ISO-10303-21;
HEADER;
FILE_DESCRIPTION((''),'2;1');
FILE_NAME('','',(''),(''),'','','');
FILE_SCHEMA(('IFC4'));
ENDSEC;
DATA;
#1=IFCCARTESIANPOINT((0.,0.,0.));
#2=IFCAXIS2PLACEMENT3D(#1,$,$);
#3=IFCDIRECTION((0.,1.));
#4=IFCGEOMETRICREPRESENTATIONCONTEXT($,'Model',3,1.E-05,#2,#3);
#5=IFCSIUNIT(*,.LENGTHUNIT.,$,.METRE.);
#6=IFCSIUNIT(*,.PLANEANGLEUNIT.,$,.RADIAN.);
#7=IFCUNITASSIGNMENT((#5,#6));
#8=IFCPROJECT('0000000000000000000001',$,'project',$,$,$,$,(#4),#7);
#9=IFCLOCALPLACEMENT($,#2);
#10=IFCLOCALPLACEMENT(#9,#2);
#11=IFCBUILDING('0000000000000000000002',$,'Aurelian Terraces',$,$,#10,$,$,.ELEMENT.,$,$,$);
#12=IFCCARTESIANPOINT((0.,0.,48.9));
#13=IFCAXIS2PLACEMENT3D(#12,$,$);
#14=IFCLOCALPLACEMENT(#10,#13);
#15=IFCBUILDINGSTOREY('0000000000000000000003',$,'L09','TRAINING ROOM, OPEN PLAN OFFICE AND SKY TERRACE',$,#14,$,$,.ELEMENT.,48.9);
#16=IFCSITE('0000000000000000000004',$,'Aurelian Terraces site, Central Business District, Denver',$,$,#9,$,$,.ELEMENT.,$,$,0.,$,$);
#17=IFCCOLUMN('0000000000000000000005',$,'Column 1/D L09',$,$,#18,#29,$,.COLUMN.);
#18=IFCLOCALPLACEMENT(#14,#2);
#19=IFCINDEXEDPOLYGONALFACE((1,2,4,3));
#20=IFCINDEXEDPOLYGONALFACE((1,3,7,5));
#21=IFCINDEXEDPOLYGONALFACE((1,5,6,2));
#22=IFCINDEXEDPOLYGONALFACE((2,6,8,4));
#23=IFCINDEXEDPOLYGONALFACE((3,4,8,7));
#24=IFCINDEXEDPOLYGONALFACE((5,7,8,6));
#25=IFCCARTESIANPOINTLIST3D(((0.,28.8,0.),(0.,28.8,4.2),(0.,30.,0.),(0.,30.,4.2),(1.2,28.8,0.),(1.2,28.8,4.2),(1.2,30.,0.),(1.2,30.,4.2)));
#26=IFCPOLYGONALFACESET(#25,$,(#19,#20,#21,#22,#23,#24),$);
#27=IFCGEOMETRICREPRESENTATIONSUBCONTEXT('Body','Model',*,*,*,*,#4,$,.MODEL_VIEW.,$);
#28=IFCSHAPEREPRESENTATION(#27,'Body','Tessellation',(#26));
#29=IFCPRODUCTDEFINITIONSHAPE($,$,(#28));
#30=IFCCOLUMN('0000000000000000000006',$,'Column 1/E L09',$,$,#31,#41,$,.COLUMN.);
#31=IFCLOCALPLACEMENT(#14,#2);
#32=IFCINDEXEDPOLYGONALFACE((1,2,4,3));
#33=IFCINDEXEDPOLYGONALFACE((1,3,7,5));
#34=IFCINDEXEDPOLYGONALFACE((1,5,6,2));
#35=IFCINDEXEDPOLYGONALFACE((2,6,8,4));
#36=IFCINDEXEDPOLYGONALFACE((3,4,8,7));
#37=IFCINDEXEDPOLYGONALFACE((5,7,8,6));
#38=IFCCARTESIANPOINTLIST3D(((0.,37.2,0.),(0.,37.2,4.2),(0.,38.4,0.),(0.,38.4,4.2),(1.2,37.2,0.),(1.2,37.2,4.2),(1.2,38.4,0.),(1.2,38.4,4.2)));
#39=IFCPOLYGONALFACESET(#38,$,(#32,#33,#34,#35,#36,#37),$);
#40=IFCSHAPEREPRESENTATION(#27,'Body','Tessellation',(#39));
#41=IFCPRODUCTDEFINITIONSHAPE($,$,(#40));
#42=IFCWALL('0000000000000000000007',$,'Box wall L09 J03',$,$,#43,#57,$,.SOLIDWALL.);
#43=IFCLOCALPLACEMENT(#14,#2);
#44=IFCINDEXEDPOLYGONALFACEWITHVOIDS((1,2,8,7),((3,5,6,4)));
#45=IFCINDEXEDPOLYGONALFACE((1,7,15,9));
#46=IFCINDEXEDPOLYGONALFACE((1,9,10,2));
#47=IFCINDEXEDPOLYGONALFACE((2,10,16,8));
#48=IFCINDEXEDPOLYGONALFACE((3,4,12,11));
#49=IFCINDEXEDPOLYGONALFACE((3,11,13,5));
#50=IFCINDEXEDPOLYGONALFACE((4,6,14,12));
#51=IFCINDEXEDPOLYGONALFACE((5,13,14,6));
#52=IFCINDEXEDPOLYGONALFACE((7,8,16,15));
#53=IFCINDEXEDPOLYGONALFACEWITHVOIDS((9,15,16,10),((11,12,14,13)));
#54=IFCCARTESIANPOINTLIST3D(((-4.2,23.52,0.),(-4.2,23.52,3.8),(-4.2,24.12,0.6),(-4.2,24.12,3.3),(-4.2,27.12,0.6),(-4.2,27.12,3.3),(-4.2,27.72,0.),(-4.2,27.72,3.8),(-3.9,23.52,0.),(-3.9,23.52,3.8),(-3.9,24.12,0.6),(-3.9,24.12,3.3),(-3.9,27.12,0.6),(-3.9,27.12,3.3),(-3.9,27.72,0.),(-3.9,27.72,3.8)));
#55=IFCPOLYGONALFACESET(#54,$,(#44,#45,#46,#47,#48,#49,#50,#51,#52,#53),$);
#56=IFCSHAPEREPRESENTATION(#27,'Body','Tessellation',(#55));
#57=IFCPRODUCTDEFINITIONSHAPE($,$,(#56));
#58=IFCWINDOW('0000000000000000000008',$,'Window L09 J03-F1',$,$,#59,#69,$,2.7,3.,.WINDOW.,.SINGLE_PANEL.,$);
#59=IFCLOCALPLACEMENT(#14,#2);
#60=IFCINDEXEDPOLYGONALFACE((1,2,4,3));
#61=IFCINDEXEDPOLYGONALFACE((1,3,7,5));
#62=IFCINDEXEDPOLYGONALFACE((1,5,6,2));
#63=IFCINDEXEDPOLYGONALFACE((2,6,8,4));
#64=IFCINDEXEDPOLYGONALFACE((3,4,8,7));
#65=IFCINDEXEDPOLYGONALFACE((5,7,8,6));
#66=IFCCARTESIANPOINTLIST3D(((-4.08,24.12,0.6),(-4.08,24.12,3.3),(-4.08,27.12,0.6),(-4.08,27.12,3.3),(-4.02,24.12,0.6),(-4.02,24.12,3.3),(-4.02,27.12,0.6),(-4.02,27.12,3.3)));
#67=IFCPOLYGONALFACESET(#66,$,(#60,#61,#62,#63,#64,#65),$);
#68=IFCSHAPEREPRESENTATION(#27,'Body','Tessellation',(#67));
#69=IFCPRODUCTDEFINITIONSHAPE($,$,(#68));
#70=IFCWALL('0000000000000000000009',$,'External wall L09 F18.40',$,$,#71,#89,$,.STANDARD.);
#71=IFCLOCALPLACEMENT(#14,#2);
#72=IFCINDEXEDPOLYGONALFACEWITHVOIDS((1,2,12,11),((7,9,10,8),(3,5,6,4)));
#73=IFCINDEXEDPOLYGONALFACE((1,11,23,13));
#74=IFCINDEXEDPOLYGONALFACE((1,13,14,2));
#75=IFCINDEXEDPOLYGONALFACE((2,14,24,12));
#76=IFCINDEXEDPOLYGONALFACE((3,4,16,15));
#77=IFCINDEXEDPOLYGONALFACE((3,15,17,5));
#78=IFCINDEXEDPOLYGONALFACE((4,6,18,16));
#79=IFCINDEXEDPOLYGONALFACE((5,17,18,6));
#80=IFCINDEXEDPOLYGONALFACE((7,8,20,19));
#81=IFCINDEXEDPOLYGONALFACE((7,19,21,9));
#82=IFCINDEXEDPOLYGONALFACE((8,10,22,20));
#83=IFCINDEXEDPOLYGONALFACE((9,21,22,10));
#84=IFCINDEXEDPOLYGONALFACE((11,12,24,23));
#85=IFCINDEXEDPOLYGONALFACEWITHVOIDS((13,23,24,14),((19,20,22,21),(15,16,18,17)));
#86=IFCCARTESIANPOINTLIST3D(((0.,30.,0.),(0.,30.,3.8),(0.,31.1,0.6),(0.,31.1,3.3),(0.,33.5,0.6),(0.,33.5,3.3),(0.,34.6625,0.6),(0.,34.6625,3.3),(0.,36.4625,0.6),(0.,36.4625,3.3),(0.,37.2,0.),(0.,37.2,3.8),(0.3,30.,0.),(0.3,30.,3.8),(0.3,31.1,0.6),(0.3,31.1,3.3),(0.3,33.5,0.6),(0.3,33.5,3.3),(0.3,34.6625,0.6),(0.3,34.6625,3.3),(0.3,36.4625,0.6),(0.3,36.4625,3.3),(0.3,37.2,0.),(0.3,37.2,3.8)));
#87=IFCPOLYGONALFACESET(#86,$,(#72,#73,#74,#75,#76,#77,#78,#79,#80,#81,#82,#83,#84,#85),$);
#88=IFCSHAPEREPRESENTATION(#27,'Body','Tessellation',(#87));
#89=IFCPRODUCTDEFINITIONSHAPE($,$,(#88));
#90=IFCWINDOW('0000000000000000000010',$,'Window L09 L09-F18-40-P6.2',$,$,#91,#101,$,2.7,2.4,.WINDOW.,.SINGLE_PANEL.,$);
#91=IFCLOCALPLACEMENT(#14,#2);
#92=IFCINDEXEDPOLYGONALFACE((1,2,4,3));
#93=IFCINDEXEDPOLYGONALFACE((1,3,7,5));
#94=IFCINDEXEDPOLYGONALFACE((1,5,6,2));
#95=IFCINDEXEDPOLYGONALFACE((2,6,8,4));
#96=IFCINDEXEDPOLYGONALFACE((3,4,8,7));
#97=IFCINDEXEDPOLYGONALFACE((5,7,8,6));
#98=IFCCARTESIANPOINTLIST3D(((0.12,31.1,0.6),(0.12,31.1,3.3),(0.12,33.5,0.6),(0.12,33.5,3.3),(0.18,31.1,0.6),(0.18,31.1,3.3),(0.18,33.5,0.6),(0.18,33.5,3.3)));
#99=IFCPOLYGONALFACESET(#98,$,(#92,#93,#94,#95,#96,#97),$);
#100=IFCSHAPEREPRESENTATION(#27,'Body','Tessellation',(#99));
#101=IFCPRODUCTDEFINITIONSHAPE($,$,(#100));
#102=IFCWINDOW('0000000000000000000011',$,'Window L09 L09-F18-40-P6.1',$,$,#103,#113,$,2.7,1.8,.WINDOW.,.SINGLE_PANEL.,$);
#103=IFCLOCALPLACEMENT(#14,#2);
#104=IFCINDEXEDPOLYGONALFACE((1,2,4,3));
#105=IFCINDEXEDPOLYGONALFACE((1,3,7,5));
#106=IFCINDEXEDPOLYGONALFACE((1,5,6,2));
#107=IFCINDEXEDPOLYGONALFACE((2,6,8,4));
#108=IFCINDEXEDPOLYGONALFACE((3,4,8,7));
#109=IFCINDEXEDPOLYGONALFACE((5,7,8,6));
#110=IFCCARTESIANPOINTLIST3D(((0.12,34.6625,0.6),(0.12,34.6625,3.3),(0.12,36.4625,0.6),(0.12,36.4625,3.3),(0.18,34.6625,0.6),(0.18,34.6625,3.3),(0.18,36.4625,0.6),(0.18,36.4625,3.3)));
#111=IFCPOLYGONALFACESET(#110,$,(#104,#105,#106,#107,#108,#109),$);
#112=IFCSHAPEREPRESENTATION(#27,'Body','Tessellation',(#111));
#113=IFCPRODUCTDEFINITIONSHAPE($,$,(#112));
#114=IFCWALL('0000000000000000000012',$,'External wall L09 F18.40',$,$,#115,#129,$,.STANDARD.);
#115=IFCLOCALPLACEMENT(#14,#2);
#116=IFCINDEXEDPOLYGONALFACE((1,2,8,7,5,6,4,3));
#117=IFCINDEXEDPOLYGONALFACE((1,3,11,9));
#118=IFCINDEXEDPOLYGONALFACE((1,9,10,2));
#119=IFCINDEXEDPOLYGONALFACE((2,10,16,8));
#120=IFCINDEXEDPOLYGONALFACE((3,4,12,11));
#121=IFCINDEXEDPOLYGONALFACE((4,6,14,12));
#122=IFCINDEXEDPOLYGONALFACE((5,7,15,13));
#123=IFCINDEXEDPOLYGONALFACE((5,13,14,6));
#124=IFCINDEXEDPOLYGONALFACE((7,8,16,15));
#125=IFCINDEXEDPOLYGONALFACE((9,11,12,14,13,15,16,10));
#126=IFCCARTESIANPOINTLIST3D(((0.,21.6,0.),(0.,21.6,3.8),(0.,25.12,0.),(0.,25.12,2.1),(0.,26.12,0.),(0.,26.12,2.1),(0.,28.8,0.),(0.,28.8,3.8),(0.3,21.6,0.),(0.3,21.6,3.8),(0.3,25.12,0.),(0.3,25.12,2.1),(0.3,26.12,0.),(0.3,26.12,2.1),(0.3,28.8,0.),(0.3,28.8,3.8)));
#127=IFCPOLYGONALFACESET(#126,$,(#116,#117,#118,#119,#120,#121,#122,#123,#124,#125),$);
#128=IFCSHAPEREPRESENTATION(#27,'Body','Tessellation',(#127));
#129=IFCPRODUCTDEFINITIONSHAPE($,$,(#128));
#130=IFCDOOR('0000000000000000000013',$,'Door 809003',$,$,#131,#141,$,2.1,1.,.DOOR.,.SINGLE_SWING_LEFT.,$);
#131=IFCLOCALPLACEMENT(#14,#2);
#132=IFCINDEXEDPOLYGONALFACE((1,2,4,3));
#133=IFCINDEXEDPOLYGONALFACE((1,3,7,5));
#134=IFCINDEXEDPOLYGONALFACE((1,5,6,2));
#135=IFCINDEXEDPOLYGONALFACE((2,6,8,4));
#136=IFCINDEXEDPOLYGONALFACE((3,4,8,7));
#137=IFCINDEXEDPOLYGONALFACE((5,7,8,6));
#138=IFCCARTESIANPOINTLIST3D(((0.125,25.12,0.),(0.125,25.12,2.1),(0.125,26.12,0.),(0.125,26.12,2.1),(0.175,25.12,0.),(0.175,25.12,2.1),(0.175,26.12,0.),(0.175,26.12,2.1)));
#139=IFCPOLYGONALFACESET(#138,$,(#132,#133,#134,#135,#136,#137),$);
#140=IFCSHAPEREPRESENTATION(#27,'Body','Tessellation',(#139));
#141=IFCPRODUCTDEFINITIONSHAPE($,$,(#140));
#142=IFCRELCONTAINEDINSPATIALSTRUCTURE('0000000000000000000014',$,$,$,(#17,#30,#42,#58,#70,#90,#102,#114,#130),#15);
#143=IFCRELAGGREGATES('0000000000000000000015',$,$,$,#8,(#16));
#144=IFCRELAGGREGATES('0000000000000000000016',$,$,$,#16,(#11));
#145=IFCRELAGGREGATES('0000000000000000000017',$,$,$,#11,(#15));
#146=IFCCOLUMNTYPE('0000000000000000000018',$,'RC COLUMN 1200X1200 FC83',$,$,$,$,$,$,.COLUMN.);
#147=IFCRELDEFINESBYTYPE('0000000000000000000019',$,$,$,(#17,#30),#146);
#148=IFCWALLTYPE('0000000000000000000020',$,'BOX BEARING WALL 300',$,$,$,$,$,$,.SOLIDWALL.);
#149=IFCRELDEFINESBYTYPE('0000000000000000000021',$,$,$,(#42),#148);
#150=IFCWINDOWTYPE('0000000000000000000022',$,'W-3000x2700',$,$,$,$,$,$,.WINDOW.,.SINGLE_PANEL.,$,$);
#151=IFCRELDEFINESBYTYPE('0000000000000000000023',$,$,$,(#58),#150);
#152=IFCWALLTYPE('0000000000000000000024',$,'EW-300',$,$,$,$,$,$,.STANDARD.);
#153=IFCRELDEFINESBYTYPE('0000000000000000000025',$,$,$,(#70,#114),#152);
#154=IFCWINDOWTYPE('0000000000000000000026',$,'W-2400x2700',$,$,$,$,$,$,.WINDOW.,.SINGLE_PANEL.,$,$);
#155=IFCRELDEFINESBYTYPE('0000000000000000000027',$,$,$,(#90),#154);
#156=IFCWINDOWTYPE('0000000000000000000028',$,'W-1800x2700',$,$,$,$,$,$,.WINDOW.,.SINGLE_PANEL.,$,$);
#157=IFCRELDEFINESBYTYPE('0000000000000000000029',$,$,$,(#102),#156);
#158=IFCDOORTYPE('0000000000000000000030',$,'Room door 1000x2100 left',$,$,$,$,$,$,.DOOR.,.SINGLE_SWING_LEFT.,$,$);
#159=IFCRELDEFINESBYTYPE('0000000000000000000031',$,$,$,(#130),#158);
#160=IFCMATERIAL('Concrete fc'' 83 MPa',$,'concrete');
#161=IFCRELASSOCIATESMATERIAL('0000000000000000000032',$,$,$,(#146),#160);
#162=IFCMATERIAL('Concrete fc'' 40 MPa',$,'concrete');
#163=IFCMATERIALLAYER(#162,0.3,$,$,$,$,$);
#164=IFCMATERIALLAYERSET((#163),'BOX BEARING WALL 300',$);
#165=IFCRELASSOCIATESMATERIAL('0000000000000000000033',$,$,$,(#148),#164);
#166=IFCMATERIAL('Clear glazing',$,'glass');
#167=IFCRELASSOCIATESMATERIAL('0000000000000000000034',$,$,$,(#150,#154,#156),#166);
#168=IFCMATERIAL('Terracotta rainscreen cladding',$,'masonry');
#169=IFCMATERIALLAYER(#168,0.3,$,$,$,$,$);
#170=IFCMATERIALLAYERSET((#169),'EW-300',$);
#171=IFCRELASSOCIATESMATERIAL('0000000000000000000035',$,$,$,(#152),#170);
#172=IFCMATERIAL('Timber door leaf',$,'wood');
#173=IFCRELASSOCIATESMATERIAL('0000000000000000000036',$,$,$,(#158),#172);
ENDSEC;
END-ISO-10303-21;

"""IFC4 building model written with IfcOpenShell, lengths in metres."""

from ifc_helpers import new_model, si_unit, direction, frame, frame_2d, origin, origin_2d, place, context, subcontext, project, spatial, rectangle, extrude, source, transform, mapped, material, layer, layer_set, material_profile, profile_set, type_object, element, fill, save


model = new_model("IFC4")

# Units and contexts
model_context = context("Model", 3, precision=1e-05, world=origin(), true_north=direction((0.0, 1.0)))
body_context = subcontext(model_context, "Body", "Model", "MODEL_VIEW")
ifc_project = project(units=[si_unit("LENGTHUNIT", "METRE"), si_unit("PLANEANGLEUNIT", "RADIAN")], contexts=[model_context])

# Site, building, storey
site_placement = place(None, origin())
site = spatial("IfcSite", under=ifc_project, at=site_placement, Name="Aurelian Terraces site, Central Business District, Denver", CompositionType="ELEMENT", RefElevation=0.0)
building_placement = place(site_placement, origin())
building = spatial("IfcBuilding", under=site, at=building_placement, Name="Aurelian Terraces", CompositionType="ELEMENT")
storey_placement = place(building_placement, frame((0.0, 0.0, 48.9)))
storey = spatial("IfcBuildingStorey", under=building, at=storey_placement, Name="L09", Description="TRAINING ROOM, OPEN PLAN OFFICE AND SKY TERRACE", CompositionType="ELEMENT", Elevation=48.9)

# Columns
ifc_material_1 = material(Name="Concrete fc' 83 MPa", Category="concrete")
ifc_material_profile = material_profile(ifc_material_1, rectangle(XDim=1.2, YDim=1.2, at=origin_2d()))
ifc_profile_set = profile_set([ifc_material_profile], Name="Concrete fc' 83 MPa")
column_type = type_object("IfcColumnType", Name="RC COLUMN 1200X1200 FC83", PredefinedType="COLUMN", material=ifc_profile_set)
shared_shape_1 = source(origin(), body_context, "Body", "SweptSolid", [
    extrude(rectangle(XDim=1.2, YDim=1.2, at=origin_2d()), origin(), (0.0, 0.0, 1.0), 4.2),
])
for number, where, z_axis, x_axis, name in (
    (1, (0.6, 29.4, 0.0), (0.0, 0.0, 1.0), (1.0, 0.0, 0.0), "Column 1/D L09"),
    (2, (0.6, 37.8, 0.0), (0.0, 0.0, 1.0), (1.0, 0.0, 0.0), "Column 1/E L09"),
):
    element("IfcColumn", number, at=place(storey_placement, frame(where, z_axis=z_axis, x_axis=x_axis)), inside=storey, type_object=column_type, Name=name, PredefinedType="COLUMN", context=body_context, shape_type="MappedRepresentation", body=[
        mapped(shared_shape_1, transform((0.0, 0.0, 0.0), scale=1.0)),
    ])

# Wall, opening, window
ifc_material_2 = material(Name="Concrete fc' 40 MPa", Category="concrete")
ifc_layer_1 = layer(ifc_material_2, 0.3)
ifc_layer_set_1 = layer_set([ifc_layer_1], Name="BOX BEARING WALL 300")
wall_type_1 = type_object("IfcWallType", Name="BOX BEARING WALL 300", PredefinedType="SOLIDWALL", material=ifc_layer_set_1)
wall_1_placement = place(storey_placement, frame((-4.05, 27.72, 0.0), z_axis=(0.0, 0.0, 1.0), x_axis=(0.0, -1.0, 0.0)))
wall_1 = element("IfcWall", 3, at=wall_1_placement, inside=storey, type_object=wall_type_1, Name="Box wall L09 J03", PredefinedType="SOLIDWALL", context=body_context, shape_type="SweptSolid", body=[
    extrude(rectangle(XDim=4.2, YDim=0.3, at=frame_2d((2.1, 0.0))), origin(), (0.0, 0.0, 1.0), 3.8),
])
shared_shape_2 = source(origin(), body_context, "Body", "SweptSolid", [
    extrude(rectangle(XDim=3.0, YDim=2.7, at=frame_2d((1.5, 1.35))), frame((0.0, 0.16, 0.0), z_axis=(0.0, -1.0, 0.0), x_axis=(1.0, 0.0, 0.0)), (0.0, 0.0, 1.0), 0.32),
])
opening_1_placement = place(wall_1_placement, frame((0.6, 0.0, 0.6)))
opening_1 = element("IfcOpeningElement", 4, at=opening_1_placement, cuts=wall_1, PredefinedType="OPENING", context=body_context, shape_type="MappedRepresentation", body=[
    mapped(shared_shape_2, transform((0.0, 0.0, 0.0), scale=1.0)),
])
ifc_material_3 = material(Name="Clear glazing", Category="glass")
window_type_1 = type_object("IfcWindowType", Name="W-3000x2700", PartitioningType="SINGLE_PANEL", PredefinedType="WINDOW", material=ifc_material_3)
shared_shape_3 = source(origin(), body_context, "Body", "SweptSolid", [
    extrude(rectangle(XDim=3.0, YDim=2.7, at=frame_2d((1.5, 1.35))), frame((0.0, 0.03, 0.0), z_axis=(0.0, -1.0, 0.0), x_axis=(1.0, 0.0, 0.0)), (0.0, 0.0, 1.0), 0.06),
])
window_1_placement = place(opening_1_placement, origin())
window_1 = element("IfcWindow", 5, at=window_1_placement, inside=storey, type_object=window_type_1, Name="Window L09 J03-F1", OverallHeight=2.7, OverallWidth=3.0, PartitioningType="SINGLE_PANEL", PredefinedType="WINDOW", context=body_context, shape_type="MappedRepresentation", body=[
    mapped(shared_shape_3, transform((0.0, 0.0, 0.0), scale=1.0)),
])
fill(opening_1, window_1)

# Wall, openings, windows
ifc_material_4 = material(Name="Terracotta rainscreen cladding", Category="masonry")
ifc_layer_2 = layer(ifc_material_4, 0.3)
ifc_layer_set_2 = layer_set([ifc_layer_2], Name="EW-300")
wall_type_2 = type_object("IfcWallType", Name="EW-300", PredefinedType="STANDARD", material=ifc_layer_set_2)
shared_shape_4 = source(origin(), body_context, "Body", "SweptSolid", [
    extrude(rectangle(XDim=7.2, YDim=0.3, at=frame_2d((3.6, 0.0))), origin(), (0.0, 0.0, 1.0), 3.8),
])
wall_2_placement = place(storey_placement, frame((0.15, 37.2, 0.0), z_axis=(0.0, 0.0, 1.0), x_axis=(0.0, -1.0, 0.0)))
wall_2 = element("IfcWall", 6, at=wall_2_placement, inside=storey, type_object=wall_type_2, Name="External wall L09 F18.40", PredefinedType="STANDARD", context=body_context, shape_type="MappedRepresentation", body=[
    mapped(shared_shape_4, transform((0.0, 0.0, 0.0), scale=1.0)),
])
shared_shape_5 = source(origin(), body_context, "Body", "SweptSolid", [
    extrude(rectangle(XDim=1.8, YDim=2.7, at=frame_2d((0.9, 1.35))), frame((0.0, 0.16, 0.0), z_axis=(0.0, -1.0, 0.0), x_axis=(1.0, 0.0, 0.0)), (0.0, 0.0, 1.0), 0.32),
])
opening_2_placement = place(wall_2_placement, frame((0.7375, 0.0, 0.6)))
opening_2 = element("IfcOpeningElement", 7, at=opening_2_placement, cuts=wall_2, PredefinedType="OPENING", context=body_context, shape_type="MappedRepresentation", body=[
    mapped(shared_shape_5, transform((0.0, 0.0, 0.0), scale=1.0)),
])
shared_shape_6 = source(origin(), body_context, "Body", "SweptSolid", [
    extrude(rectangle(XDim=2.4, YDim=2.7, at=frame_2d((1.2, 1.35))), frame((0.0, 0.16, 0.0), z_axis=(0.0, -1.0, 0.0), x_axis=(1.0, 0.0, 0.0)), (0.0, 0.0, 1.0), 0.32),
])
opening_3_placement = place(wall_2_placement, frame((3.7, 0.0, 0.6)))
opening_3 = element("IfcOpeningElement", 8, at=opening_3_placement, cuts=wall_2, PredefinedType="OPENING", context=body_context, shape_type="MappedRepresentation", body=[
    mapped(shared_shape_6, transform((0.0, 0.0, 0.0), scale=1.0)),
])
window_type_2 = type_object("IfcWindowType", Name="W-2400x2700", PartitioningType="SINGLE_PANEL", PredefinedType="WINDOW", material=ifc_material_3)
shared_shape_7 = source(origin(), body_context, "Body", "SweptSolid", [
    extrude(rectangle(XDim=2.4, YDim=2.7, at=frame_2d((1.2, 1.35))), frame((0.0, 0.03, 0.0), z_axis=(0.0, -1.0, 0.0), x_axis=(1.0, 0.0, 0.0)), (0.0, 0.0, 1.0), 0.06),
])
window_2_placement = place(opening_3_placement, origin())
window_2 = element("IfcWindow", 9, at=window_2_placement, inside=storey, type_object=window_type_2, Name="Window L09 L09-F18-40-P6.2", OverallHeight=2.7, OverallWidth=2.4, PartitioningType="SINGLE_PANEL", PredefinedType="WINDOW", context=body_context, shape_type="MappedRepresentation", body=[
    mapped(shared_shape_7, transform((0.0, 0.0, 0.0), scale=1.0)),
])
fill(opening_3, window_2)
window_type_3 = type_object("IfcWindowType", Name="W-1800x2700", PartitioningType="SINGLE_PANEL", PredefinedType="WINDOW", material=ifc_material_3)
shared_shape_8 = source(origin(), body_context, "Body", "SweptSolid", [
    extrude(rectangle(XDim=1.8, YDim=2.7, at=frame_2d((0.9, 1.35))), frame((0.0, 0.03, 0.0), z_axis=(0.0, -1.0, 0.0), x_axis=(1.0, 0.0, 0.0)), (0.0, 0.0, 1.0), 0.06),
])
window_3_placement = place(opening_2_placement, origin())
window_3 = element("IfcWindow", 10, at=window_3_placement, inside=storey, type_object=window_type_3, Name="Window L09 L09-F18-40-P6.1", OverallHeight=2.7, OverallWidth=1.8, PartitioningType="SINGLE_PANEL", PredefinedType="WINDOW", context=body_context, shape_type="MappedRepresentation", body=[
    mapped(shared_shape_8, transform((0.0, 0.0, 0.0), scale=1.0)),
])
fill(opening_2, window_3)

# Wall, opening, door
wall_3_placement = place(storey_placement, frame((0.15, 28.8, 0.0), z_axis=(0.0, 0.0, 1.0), x_axis=(0.0, -1.0, 0.0)))
wall_3 = element("IfcWall", 11, at=wall_3_placement, inside=storey, type_object=wall_type_2, Name="External wall L09 F18.40", PredefinedType="STANDARD", context=body_context, shape_type="MappedRepresentation", body=[
    mapped(shared_shape_4, transform((0.0, 0.0, 0.0), scale=1.0)),
])
shared_shape_9 = source(origin(), body_context, "Body", "SweptSolid", [
    extrude(rectangle(XDim=1.0, YDim=2.1, at=frame_2d((0.5, 1.05))), frame((0.0, 0.16, 0.0), z_axis=(0.0, -1.0, 0.0), x_axis=(1.0, 0.0, 0.0)), (0.0, 0.0, 1.0), 0.32),
])
opening_4_placement = place(wall_3_placement, frame((2.68, 0.0, 0.0)))
opening_4 = element("IfcOpeningElement", 12, at=opening_4_placement, cuts=wall_3, PredefinedType="OPENING", context=body_context, shape_type="MappedRepresentation", body=[
    mapped(shared_shape_9, transform((0.0, 0.0, 0.0), scale=1.0)),
])
ifc_material_5 = material(Name="Timber door leaf", Category="wood")
door_type_1 = type_object("IfcDoorType", Name="Room door 1000x2100 left", OperationType="SINGLE_SWING_LEFT", PredefinedType="DOOR", material=ifc_material_5)
shared_shape_10 = source(origin(), body_context, "Body", "SweptSolid", [
    extrude(rectangle(XDim=1.0, YDim=2.1, at=frame_2d((0.5, 1.05))), frame((0.0, 0.025, 0.0), z_axis=(0.0, -1.0, 0.0), x_axis=(1.0, 0.0, 0.0)), (0.0, 0.0, 1.0), 0.05),
])
door_1_placement = place(opening_4_placement, origin())
door_1 = element("IfcDoor", 13, at=door_1_placement, inside=storey, type_object=door_type_1, Name="Door 809003", OperationType="SINGLE_SWING_LEFT", OverallHeight=2.1, OverallWidth=1.0, PredefinedType="DOOR", context=body_context, shape_type="MappedRepresentation", body=[
    mapped(shared_shape_10, transform((0.0, 0.0, 0.0), scale=1.0)),
])
fill(opening_4, door_1)

save(model, "model.ifc")
